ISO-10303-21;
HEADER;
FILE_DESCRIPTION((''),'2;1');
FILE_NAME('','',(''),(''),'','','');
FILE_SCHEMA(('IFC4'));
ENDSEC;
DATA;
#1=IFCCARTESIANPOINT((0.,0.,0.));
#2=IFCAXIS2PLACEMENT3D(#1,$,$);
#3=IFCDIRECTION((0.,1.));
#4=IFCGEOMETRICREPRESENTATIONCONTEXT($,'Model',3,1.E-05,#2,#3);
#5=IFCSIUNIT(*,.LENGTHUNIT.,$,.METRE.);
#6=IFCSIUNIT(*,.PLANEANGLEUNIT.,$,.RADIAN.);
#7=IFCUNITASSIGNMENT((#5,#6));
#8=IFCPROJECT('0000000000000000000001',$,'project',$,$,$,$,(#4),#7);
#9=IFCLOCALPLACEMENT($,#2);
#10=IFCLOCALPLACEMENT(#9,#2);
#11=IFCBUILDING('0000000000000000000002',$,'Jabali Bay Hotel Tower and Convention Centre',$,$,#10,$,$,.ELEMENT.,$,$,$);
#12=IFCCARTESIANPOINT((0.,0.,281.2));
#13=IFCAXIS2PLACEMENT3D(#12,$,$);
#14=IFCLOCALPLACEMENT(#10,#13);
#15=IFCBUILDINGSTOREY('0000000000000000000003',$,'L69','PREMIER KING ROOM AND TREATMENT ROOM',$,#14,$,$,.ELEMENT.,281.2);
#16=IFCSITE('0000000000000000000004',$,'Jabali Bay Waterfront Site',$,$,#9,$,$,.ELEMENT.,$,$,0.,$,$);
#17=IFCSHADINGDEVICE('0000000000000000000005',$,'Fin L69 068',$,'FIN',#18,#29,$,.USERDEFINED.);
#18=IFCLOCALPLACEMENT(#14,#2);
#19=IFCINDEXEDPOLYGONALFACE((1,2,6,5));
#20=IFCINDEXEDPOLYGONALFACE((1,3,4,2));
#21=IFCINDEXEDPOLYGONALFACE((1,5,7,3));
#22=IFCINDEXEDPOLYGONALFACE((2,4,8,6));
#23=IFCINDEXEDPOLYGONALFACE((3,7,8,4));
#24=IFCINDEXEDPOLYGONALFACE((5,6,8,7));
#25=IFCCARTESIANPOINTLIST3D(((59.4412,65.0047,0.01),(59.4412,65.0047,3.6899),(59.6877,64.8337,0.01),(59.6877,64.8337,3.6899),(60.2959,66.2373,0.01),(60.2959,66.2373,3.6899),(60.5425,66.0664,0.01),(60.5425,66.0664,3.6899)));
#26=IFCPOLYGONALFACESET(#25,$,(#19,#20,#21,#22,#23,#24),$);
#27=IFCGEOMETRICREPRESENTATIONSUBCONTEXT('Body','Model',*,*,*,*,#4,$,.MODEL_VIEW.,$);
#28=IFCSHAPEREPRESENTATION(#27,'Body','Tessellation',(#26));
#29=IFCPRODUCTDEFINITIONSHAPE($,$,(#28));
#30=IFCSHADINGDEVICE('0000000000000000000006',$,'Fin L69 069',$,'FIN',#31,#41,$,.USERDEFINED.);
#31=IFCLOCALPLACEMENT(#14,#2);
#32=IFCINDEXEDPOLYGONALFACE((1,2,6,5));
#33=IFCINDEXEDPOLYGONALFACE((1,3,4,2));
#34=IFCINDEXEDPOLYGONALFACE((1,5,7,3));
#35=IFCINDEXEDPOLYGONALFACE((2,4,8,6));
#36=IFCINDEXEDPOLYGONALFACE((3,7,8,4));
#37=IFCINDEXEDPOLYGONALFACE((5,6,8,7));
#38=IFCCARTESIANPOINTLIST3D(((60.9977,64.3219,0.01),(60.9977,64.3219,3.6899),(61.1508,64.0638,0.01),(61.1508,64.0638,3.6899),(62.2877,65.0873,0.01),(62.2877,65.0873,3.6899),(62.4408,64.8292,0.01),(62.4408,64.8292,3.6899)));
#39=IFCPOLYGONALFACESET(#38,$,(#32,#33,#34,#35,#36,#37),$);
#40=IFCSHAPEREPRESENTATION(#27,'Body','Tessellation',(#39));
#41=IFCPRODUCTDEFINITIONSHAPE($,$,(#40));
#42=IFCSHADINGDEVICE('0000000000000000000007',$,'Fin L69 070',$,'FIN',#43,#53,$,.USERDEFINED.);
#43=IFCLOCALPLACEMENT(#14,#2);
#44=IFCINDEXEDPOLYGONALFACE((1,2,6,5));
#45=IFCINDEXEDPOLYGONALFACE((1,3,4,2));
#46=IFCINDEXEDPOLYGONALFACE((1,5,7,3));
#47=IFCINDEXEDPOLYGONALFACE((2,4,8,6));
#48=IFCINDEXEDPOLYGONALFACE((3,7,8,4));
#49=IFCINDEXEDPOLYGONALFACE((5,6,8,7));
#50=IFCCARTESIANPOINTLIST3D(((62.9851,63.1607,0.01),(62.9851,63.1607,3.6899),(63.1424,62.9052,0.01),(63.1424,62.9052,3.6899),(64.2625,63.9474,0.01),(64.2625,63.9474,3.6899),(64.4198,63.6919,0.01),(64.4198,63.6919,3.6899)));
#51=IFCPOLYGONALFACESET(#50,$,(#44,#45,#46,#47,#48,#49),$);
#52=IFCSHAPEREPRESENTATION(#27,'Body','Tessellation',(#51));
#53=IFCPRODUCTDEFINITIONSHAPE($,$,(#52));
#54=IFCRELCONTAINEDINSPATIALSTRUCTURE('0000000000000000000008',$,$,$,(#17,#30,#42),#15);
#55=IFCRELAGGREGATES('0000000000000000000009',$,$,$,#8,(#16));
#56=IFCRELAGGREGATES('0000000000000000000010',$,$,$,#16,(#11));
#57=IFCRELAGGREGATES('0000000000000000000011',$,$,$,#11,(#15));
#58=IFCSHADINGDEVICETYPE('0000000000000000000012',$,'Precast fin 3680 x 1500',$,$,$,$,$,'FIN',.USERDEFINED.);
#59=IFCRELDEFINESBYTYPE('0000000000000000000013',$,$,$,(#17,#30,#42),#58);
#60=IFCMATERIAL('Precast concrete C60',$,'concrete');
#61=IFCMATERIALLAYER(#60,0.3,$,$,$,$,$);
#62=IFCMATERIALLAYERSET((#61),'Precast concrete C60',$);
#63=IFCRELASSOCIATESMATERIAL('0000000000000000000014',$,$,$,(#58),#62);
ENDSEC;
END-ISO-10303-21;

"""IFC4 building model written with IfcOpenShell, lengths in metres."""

from ifc_helpers import new_model, si_unit, direction, frame, frame_2d, origin, place, context, subcontext, project, spatial, rectangle, extrude, material, layer, layer_set, type_object, element, save


model = new_model("IFC4")

# Units and contexts
model_context = context("Model", 3, precision=1e-05, world=origin(), true_north=direction((0.0, 1.0)))
body_context = subcontext(model_context, "Body", "Model", "MODEL_VIEW")
ifc_project = project(units=[si_unit("LENGTHUNIT", "METRE"), si_unit("PLANEANGLEUNIT", "RADIAN")], contexts=[model_context])

# Site, building, storey
site_placement = place(None, origin())
site = spatial("IfcSite", under=ifc_project, at=site_placement, Name="Jabali Bay Waterfront Site", CompositionType="ELEMENT", RefElevation=0.0)
building_placement = place(site_placement, origin())
building = spatial("IfcBuilding", under=site, at=building_placement, Name="Jabali Bay Hotel Tower and Convention Centre", CompositionType="ELEMENT")
storey_placement = place(building_placement, frame((0.0, 0.0, 281.2)))
storey = spatial("IfcBuildingStorey", under=building, at=storey_placement, Name="L69", Description="PREMIER KING ROOM AND TREATMENT ROOM", CompositionType="ELEMENT", Elevation=281.2)

# Shading devices
ifc_material_1 = material(Name="Precast concrete C60", Category="concrete")
ifc_layer_1 = layer(ifc_material_1, 0.3)
ifc_layer_set_1 = layer_set([ifc_layer_1], Name="Precast concrete C60")
shading_device_type = type_object("IfcShadingDeviceType", Name="Precast fin 3680 x 1500", ElementType="FIN", PredefinedType="USERDEFINED", material=ifc_layer_set_1)
for number, where, z_axis, x_axis, name in (
    (1, (60.4192, 66.1519, 0.01), (0.0, 0.0, 1.0), (-0.569819, -0.82177, 0.0), "Fin L69 068"),
    (2, (62.3643, 64.9583, 0.01), (0.0, 0.0, 1.0), (-0.860024, -0.510253, 0.0), "Fin L69 069"),
):
    element("IfcShadingDevice", number, at=place(storey_placement, frame(where, z_axis=z_axis, x_axis=x_axis)), inside=storey, type_object=shading_device_type, Name=name, ObjectType="FIN", PredefinedType="USERDEFINED", context=body_context, shape_type="SweptSolid", body=[
        extrude(rectangle(XDim=1.5, YDim=0.3, at=frame_2d((0.75, 0.0))), origin(), (0.0, 0.0, 1.0), 3.6799),
    ])
shading_device_placement = place(storey_placement, frame((64.3411, 63.8196, 0.01), z_axis=(0.0, 0.0, 1.0), x_axis=(-0.851491, -0.52437, 0.0)))
element("IfcShadingDevice", 3, at=shading_device_placement, inside=storey, type_object=shading_device_type, Name="Fin L69 070", ObjectType="FIN", PredefinedType="USERDEFINED", context=body_context, shape_type="SweptSolid", body=[
    extrude(rectangle(XDim=1.5002, YDim=0.3, at=frame_2d((0.75, 0.0))), origin(), (0.0, 0.0, 1.0), 3.6799),
])

save(model, "model.ifc")
